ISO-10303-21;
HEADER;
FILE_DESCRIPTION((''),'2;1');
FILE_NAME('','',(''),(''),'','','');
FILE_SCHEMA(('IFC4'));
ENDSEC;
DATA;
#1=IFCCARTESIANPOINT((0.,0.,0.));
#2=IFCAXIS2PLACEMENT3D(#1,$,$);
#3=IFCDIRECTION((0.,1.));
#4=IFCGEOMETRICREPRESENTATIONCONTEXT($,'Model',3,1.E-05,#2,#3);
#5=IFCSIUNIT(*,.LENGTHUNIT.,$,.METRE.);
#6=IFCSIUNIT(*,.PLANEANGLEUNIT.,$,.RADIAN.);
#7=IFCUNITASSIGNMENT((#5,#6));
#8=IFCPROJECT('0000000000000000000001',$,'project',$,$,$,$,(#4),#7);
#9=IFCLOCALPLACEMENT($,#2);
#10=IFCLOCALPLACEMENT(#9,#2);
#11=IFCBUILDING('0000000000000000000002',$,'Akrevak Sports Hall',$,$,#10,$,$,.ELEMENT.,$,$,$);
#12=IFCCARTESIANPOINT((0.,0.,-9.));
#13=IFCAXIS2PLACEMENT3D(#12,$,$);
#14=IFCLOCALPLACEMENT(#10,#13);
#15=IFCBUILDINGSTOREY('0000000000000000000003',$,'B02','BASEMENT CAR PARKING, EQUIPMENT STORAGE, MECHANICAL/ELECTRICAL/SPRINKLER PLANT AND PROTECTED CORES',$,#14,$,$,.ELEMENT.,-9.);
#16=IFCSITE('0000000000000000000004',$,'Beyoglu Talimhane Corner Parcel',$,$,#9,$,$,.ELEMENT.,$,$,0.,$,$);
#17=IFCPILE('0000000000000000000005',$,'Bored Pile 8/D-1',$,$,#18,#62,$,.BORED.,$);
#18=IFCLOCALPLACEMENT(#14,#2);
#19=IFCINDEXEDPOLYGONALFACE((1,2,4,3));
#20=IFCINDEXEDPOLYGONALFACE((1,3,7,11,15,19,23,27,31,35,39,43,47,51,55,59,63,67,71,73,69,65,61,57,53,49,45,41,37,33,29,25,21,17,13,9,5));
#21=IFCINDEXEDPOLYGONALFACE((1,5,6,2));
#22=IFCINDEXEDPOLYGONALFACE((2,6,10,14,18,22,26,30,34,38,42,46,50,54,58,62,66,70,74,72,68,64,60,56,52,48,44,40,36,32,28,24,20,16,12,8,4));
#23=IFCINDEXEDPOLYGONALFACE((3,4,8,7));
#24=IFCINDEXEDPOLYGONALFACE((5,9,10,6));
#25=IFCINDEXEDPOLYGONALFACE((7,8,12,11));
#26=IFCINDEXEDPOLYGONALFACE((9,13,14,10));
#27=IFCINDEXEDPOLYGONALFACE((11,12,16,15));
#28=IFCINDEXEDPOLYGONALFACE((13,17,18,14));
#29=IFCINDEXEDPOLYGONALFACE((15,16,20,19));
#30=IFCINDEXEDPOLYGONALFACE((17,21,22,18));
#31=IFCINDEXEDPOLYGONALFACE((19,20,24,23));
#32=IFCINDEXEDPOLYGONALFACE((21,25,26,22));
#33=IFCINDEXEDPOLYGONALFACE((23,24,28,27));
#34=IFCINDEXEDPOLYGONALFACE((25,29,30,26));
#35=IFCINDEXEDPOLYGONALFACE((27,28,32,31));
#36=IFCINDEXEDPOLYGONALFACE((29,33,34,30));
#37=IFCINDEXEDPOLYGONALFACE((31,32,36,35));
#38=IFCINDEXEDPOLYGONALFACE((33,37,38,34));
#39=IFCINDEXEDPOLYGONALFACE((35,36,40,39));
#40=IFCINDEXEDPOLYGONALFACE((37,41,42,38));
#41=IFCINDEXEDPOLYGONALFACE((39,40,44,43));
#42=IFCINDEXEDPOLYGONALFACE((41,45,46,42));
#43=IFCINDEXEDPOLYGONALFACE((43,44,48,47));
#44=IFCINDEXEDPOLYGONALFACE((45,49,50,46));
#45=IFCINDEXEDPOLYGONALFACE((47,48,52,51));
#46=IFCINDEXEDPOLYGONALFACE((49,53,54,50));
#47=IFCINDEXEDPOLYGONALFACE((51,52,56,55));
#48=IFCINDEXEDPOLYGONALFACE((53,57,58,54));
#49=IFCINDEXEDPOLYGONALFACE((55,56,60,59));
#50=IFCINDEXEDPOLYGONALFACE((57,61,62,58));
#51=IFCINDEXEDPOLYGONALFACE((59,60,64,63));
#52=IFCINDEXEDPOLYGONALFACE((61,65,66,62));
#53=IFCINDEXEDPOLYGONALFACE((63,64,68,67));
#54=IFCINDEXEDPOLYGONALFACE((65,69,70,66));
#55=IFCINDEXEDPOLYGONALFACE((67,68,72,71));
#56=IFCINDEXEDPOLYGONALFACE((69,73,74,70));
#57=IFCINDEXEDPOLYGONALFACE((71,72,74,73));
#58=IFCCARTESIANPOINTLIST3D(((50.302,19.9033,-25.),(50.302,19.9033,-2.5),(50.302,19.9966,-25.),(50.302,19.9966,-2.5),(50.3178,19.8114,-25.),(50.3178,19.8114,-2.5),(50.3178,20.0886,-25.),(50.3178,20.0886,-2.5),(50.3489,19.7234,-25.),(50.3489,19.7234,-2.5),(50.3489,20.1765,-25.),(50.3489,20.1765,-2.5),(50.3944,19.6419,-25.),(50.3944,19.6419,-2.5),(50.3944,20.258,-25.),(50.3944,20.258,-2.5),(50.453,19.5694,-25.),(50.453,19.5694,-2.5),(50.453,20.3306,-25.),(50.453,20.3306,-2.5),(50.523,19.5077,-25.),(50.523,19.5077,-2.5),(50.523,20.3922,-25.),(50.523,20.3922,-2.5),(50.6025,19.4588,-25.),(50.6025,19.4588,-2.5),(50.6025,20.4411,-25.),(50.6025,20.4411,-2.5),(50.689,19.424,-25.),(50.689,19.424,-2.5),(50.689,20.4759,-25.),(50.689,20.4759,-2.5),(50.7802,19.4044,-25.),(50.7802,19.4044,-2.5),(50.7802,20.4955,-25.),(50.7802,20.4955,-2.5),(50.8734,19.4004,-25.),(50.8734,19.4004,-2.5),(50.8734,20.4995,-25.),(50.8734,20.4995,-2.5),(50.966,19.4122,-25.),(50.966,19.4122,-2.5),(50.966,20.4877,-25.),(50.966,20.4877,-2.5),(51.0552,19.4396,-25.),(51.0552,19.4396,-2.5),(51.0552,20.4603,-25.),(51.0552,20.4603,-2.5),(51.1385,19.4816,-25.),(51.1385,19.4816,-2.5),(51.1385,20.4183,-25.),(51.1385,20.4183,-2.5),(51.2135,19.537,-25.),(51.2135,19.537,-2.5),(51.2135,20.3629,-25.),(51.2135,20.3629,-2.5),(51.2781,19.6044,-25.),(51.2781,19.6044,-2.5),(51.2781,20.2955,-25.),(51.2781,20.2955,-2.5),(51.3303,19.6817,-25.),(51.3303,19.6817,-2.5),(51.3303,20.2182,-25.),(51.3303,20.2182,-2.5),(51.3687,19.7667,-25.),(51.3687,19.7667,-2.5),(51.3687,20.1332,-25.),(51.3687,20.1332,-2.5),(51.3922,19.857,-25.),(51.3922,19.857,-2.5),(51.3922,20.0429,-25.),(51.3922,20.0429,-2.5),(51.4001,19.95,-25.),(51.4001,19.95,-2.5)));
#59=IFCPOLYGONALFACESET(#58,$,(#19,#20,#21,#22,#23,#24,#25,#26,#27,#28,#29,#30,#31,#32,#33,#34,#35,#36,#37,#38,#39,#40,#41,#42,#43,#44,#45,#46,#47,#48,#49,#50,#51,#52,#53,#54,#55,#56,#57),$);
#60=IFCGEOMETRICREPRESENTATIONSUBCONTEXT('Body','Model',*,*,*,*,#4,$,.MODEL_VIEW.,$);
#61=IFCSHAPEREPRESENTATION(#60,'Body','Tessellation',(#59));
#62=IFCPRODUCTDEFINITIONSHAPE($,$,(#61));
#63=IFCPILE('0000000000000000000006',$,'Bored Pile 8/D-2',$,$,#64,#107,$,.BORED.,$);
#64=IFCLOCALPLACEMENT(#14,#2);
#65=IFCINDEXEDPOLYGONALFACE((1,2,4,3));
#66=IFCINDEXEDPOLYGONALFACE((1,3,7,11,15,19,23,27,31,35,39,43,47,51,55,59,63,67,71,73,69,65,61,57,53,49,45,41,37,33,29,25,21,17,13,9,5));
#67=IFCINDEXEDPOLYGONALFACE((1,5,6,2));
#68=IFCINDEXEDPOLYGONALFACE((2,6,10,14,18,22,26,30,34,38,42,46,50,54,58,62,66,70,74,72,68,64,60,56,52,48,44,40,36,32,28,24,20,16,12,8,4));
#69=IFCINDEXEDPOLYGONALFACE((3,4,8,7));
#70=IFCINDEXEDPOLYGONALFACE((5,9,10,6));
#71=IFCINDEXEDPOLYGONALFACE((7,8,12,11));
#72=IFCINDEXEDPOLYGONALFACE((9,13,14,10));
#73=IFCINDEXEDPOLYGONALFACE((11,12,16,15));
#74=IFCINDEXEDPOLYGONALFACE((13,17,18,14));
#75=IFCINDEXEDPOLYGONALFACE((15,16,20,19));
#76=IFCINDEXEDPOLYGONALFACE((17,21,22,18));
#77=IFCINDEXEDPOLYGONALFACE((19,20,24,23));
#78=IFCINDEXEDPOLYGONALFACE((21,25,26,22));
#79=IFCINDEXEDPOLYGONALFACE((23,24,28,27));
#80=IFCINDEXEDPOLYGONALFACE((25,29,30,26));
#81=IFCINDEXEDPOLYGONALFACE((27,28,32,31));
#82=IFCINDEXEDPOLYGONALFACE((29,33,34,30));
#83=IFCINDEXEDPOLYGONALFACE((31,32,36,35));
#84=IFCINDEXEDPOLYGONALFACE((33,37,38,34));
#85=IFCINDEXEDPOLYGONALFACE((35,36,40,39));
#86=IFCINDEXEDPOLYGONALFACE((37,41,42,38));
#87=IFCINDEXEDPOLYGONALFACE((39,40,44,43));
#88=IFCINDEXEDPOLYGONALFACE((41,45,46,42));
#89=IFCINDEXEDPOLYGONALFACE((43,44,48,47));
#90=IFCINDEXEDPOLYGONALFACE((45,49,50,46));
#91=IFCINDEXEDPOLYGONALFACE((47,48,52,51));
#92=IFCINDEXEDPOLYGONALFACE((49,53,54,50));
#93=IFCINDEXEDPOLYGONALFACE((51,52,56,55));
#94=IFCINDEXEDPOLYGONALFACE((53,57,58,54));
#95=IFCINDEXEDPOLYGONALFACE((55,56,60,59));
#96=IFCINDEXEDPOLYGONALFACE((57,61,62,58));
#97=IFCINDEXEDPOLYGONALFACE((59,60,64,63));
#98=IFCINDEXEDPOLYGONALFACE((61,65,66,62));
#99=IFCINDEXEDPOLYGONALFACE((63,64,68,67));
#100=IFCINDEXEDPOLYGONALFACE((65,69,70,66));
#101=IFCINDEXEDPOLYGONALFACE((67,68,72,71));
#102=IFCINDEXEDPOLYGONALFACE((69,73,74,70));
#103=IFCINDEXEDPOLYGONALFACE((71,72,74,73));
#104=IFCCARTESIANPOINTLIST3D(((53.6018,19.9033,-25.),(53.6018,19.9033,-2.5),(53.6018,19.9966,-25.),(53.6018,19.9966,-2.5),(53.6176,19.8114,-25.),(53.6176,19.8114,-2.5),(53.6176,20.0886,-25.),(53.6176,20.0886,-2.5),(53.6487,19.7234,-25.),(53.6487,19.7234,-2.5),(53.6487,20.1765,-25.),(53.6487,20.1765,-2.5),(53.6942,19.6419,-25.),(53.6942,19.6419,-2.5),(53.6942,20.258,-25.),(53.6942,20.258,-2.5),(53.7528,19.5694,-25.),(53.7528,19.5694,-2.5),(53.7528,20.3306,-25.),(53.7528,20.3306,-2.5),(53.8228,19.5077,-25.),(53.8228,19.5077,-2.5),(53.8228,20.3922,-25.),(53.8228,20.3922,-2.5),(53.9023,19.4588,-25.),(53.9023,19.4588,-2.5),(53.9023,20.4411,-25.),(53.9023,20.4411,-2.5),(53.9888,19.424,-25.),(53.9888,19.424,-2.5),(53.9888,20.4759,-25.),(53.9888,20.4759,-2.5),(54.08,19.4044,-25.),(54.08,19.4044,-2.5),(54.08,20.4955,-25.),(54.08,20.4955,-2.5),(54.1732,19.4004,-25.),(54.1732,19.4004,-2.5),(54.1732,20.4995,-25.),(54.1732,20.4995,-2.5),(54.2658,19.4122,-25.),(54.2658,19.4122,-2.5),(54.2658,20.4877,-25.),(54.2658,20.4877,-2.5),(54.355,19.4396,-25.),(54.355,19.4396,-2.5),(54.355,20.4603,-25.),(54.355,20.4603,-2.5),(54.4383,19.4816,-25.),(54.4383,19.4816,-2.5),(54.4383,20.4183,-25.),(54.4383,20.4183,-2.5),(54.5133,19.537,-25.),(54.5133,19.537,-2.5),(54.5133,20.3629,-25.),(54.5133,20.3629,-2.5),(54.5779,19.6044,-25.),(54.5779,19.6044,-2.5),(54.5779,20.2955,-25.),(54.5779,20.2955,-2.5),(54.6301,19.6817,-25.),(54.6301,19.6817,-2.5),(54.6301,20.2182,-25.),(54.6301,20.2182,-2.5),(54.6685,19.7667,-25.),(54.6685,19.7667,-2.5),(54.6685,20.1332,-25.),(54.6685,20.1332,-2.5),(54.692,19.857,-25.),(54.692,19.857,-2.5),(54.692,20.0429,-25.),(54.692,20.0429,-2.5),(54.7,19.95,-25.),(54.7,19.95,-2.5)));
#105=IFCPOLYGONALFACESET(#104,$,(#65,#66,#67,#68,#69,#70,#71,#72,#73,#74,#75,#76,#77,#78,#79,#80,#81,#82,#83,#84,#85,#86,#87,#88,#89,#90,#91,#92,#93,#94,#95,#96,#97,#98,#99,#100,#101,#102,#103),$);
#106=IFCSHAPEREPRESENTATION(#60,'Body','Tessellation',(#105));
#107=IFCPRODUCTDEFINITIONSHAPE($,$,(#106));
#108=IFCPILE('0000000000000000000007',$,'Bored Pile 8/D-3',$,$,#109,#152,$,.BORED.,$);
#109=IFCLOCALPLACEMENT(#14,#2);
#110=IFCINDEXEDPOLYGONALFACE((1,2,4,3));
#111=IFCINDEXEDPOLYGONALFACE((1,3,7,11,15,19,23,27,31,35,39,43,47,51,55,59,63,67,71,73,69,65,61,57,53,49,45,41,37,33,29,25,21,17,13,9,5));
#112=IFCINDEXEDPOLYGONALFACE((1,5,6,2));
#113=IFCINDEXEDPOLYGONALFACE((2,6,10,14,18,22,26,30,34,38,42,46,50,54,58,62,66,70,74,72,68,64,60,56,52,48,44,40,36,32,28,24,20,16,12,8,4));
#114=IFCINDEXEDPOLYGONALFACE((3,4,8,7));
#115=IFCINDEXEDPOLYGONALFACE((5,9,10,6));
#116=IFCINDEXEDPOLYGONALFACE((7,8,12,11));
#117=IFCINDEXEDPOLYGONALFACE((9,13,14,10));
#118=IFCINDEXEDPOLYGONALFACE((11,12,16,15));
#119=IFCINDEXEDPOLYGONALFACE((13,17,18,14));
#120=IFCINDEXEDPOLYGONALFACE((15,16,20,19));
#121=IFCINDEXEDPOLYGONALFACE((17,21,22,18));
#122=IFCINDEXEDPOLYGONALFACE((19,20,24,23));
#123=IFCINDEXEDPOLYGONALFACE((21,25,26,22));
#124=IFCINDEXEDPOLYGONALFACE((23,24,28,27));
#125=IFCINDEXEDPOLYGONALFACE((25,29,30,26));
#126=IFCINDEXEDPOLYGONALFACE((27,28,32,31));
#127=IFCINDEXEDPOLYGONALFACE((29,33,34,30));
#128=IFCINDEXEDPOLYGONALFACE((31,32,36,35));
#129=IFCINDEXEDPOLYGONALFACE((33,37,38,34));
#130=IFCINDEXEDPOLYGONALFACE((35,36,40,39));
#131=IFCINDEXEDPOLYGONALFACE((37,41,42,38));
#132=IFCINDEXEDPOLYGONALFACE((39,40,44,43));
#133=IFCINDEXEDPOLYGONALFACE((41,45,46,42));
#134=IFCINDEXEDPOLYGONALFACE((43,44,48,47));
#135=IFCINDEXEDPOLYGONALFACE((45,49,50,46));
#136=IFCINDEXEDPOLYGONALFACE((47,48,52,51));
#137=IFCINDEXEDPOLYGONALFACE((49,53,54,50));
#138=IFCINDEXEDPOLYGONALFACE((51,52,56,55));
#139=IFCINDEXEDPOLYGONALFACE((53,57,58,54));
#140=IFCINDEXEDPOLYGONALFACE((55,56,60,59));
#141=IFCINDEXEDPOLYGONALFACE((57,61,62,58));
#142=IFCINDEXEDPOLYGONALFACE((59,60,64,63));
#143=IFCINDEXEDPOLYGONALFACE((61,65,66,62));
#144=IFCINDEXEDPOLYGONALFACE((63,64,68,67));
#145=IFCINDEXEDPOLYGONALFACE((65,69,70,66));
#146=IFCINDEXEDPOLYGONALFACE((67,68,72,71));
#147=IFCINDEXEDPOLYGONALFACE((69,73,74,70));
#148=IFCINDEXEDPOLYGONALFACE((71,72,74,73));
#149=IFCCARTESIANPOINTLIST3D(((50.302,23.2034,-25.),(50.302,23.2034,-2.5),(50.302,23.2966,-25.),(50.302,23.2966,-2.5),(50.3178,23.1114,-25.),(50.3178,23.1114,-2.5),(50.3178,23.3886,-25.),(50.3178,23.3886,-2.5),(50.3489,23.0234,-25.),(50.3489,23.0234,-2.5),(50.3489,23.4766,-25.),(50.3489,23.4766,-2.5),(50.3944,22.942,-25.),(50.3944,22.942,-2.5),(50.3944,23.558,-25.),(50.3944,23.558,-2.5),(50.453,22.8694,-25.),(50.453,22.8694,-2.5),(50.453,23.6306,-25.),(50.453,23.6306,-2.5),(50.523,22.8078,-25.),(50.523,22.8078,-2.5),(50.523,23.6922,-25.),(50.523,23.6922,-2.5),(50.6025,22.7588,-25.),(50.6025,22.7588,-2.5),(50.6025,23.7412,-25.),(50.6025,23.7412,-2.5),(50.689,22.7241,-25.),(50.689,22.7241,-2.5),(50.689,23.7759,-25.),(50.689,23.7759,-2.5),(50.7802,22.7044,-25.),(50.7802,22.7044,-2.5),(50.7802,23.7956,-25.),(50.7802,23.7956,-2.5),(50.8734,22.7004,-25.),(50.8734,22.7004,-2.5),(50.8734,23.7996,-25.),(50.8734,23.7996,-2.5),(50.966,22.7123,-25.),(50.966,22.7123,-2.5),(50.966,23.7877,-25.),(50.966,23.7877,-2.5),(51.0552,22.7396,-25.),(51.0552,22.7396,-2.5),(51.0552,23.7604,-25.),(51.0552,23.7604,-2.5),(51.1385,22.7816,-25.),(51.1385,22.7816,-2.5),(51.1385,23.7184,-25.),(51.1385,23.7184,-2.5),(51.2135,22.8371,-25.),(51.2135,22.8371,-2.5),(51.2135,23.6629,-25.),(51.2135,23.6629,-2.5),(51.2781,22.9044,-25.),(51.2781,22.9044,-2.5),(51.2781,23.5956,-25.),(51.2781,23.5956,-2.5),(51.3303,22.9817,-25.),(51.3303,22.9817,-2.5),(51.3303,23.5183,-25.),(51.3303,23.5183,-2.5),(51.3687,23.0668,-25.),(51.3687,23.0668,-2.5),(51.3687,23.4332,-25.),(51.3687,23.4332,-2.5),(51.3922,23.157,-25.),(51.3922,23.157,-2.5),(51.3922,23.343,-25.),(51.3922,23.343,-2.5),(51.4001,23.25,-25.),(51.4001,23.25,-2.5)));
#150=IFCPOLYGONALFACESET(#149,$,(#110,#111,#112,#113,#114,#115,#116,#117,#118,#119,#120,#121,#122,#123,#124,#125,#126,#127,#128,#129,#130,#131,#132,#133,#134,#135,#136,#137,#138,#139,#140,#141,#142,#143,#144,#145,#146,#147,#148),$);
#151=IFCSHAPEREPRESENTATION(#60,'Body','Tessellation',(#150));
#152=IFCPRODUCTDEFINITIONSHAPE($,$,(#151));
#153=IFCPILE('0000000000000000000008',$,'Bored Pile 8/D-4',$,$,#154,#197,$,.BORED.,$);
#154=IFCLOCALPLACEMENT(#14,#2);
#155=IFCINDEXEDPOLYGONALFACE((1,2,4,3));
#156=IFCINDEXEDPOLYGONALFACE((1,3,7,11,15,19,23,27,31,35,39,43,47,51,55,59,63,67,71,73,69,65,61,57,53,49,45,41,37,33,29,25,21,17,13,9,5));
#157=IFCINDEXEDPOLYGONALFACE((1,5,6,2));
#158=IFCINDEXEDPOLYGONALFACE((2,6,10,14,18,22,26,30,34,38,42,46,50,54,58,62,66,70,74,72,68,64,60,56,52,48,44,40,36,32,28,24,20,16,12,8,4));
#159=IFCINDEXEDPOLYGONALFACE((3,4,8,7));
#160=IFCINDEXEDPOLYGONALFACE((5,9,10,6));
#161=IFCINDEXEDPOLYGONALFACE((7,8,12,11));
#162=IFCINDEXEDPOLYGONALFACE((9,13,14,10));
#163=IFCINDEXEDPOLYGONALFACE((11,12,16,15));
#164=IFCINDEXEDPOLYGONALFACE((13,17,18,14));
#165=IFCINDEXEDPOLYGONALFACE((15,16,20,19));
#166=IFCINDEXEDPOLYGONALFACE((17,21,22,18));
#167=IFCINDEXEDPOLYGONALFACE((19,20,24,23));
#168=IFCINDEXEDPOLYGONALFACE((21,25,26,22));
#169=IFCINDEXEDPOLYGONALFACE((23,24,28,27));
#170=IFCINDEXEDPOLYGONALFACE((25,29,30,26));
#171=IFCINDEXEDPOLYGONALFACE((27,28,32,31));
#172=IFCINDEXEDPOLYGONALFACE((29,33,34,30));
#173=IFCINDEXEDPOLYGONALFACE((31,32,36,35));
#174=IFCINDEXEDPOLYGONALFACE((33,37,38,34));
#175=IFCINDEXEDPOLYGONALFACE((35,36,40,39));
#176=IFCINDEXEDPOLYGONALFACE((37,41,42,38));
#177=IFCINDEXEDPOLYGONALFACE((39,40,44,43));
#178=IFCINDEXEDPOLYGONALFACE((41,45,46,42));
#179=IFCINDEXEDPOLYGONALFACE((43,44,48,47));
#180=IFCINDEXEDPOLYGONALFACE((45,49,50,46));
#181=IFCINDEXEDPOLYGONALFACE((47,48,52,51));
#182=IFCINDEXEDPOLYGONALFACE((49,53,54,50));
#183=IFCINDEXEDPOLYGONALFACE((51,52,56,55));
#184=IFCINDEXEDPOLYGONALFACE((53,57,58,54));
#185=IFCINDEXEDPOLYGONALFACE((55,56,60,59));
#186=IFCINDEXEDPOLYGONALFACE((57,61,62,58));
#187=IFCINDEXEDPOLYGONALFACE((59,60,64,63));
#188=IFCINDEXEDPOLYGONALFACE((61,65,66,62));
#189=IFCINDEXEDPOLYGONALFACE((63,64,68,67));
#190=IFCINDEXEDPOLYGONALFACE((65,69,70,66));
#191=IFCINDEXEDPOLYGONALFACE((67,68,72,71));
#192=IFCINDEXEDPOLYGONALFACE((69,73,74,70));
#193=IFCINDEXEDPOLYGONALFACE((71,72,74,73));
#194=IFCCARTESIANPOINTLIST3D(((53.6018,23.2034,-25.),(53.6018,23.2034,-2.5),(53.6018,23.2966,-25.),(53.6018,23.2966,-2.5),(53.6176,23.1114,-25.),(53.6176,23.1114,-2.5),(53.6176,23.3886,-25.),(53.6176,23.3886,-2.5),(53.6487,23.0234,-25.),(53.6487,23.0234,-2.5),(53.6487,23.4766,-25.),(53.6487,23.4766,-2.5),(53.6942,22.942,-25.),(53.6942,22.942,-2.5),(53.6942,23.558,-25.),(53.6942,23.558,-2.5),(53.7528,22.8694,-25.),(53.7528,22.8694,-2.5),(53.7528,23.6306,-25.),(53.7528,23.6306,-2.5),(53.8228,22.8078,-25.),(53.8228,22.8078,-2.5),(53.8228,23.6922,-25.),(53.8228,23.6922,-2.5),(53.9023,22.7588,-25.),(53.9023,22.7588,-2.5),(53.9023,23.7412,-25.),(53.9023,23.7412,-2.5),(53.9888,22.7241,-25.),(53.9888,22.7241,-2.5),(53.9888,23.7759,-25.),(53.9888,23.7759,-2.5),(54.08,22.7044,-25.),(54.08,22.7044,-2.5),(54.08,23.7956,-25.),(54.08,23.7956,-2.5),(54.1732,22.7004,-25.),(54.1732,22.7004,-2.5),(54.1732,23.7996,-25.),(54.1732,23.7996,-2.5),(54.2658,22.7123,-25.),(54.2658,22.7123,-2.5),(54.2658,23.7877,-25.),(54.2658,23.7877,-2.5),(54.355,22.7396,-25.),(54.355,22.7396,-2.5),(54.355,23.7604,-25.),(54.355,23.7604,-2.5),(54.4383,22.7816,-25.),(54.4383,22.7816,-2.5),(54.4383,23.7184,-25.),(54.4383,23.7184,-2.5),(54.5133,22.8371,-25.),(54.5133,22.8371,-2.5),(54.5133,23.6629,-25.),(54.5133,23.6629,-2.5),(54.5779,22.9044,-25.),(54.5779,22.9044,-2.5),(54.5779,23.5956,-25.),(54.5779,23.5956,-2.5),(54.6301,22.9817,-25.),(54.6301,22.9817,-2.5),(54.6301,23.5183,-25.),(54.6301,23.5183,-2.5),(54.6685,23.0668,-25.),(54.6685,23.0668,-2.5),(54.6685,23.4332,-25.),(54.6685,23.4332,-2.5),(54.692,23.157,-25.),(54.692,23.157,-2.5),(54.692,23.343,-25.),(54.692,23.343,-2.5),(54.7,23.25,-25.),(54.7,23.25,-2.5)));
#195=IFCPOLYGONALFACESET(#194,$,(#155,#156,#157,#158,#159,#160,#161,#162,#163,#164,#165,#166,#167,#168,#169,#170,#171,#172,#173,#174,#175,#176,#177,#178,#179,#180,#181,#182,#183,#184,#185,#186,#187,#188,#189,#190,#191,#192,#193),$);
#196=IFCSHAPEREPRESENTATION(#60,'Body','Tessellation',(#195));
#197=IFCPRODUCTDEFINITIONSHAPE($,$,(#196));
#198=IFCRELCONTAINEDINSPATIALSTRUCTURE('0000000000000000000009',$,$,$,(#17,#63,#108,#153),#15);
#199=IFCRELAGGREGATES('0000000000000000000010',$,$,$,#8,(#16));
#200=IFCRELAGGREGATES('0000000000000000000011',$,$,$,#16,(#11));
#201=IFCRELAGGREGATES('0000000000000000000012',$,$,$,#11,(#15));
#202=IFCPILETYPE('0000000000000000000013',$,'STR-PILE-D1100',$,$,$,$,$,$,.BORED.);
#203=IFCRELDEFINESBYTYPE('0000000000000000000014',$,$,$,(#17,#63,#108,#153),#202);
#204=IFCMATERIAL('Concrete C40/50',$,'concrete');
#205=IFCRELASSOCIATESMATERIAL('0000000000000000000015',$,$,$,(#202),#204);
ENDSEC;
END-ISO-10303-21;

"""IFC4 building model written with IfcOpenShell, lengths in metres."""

from ifc_helpers import new_model, si_unit, direction, frame, origin, origin_2d, place, context, subcontext, project, spatial, circle, extrude, material, material_profile, profile_set, type_object, element, save


model = new_model("IFC4")

# Units and contexts
model_context = context("Model", 3, precision=1e-05, world=origin(), true_north=direction((0.0, 1.0)))
body_context = subcontext(model_context, "Body", "Model", "MODEL_VIEW")
ifc_project = project(units=[si_unit("LENGTHUNIT", "METRE"), si_unit("PLANEANGLEUNIT", "RADIAN")], contexts=[model_context])

# Site, building, storey
site_placement = place(None, origin())
site = spatial("IfcSite", under=ifc_project, at=site_placement, Name="Beyoglu Talimhane Corner Parcel", CompositionType="ELEMENT", RefElevation=0.0)
building_placement = place(site_placement, origin())
building = spatial("IfcBuilding", under=site, at=building_placement, Name="Akrevak Sports Hall", CompositionType="ELEMENT")
storey_placement = place(building_placement, frame((0.0, 0.0, -9.0)))
storey = spatial("IfcBuildingStorey", under=building, at=storey_placement, Name="B02", Description="BASEMENT CAR PARKING, EQUIPMENT STORAGE, MECHANICAL/ELECTRICAL/SPRINKLER PLANT AND PROTECTED CORES", CompositionType="ELEMENT", Elevation=-9.0)

# Shared definitions
ifc_material_1 = material(Name="Concrete C40/50", Category="concrete")

# Piles
ifc_material_profile_1 = material_profile(ifc_material_1, circle(Radius=0.55, at=origin_2d()), Name="BORED PILE D1100", Category="concrete")
ifc_profile_set_1 = profile_set([ifc_material_profile_1], Name="Concrete C40/50")
pile_type_1 = type_object("IfcPileType", Name="STR-PILE-D1100", PredefinedType="BORED", material=ifc_profile_set_1)
for number, where, z_axis, x_axis, name in (
    (1, (50.8501, 19.95, -2.5), (0.0, 0.0, -1.0), (1.0, 0.0, 0.0), "Bored Pile 8/D-1"),
    (2, (54.1499, 19.95, -2.5), (0.0, 0.0, -1.0), (1.0, 0.0, 0.0), "Bored Pile 8/D-2"),
    (3, (50.8501, 23.25, -2.5), (0.0, 0.0, -1.0), (1.0, 0.0, 0.0), "Bored Pile 8/D-3"),
    (4, (54.1499, 23.25, -2.5), (0.0, 0.0, -1.0), (1.0, 0.0, 0.0), "Bored Pile 8/D-4"),
):
    element("IfcPile", number, at=place(storey_placement, frame(where, z_axis=z_axis, x_axis=x_axis)), inside=storey, type_object=pile_type_1, Name=name, PredefinedType="BORED", context=body_context, shape_type="SweptSolid", body=[
        extrude(circle(Radius=0.55, at=origin_2d()), origin(), (0.0, 0.0, 1.0), 22.5),
    ])

save(model, "model.ifc")
